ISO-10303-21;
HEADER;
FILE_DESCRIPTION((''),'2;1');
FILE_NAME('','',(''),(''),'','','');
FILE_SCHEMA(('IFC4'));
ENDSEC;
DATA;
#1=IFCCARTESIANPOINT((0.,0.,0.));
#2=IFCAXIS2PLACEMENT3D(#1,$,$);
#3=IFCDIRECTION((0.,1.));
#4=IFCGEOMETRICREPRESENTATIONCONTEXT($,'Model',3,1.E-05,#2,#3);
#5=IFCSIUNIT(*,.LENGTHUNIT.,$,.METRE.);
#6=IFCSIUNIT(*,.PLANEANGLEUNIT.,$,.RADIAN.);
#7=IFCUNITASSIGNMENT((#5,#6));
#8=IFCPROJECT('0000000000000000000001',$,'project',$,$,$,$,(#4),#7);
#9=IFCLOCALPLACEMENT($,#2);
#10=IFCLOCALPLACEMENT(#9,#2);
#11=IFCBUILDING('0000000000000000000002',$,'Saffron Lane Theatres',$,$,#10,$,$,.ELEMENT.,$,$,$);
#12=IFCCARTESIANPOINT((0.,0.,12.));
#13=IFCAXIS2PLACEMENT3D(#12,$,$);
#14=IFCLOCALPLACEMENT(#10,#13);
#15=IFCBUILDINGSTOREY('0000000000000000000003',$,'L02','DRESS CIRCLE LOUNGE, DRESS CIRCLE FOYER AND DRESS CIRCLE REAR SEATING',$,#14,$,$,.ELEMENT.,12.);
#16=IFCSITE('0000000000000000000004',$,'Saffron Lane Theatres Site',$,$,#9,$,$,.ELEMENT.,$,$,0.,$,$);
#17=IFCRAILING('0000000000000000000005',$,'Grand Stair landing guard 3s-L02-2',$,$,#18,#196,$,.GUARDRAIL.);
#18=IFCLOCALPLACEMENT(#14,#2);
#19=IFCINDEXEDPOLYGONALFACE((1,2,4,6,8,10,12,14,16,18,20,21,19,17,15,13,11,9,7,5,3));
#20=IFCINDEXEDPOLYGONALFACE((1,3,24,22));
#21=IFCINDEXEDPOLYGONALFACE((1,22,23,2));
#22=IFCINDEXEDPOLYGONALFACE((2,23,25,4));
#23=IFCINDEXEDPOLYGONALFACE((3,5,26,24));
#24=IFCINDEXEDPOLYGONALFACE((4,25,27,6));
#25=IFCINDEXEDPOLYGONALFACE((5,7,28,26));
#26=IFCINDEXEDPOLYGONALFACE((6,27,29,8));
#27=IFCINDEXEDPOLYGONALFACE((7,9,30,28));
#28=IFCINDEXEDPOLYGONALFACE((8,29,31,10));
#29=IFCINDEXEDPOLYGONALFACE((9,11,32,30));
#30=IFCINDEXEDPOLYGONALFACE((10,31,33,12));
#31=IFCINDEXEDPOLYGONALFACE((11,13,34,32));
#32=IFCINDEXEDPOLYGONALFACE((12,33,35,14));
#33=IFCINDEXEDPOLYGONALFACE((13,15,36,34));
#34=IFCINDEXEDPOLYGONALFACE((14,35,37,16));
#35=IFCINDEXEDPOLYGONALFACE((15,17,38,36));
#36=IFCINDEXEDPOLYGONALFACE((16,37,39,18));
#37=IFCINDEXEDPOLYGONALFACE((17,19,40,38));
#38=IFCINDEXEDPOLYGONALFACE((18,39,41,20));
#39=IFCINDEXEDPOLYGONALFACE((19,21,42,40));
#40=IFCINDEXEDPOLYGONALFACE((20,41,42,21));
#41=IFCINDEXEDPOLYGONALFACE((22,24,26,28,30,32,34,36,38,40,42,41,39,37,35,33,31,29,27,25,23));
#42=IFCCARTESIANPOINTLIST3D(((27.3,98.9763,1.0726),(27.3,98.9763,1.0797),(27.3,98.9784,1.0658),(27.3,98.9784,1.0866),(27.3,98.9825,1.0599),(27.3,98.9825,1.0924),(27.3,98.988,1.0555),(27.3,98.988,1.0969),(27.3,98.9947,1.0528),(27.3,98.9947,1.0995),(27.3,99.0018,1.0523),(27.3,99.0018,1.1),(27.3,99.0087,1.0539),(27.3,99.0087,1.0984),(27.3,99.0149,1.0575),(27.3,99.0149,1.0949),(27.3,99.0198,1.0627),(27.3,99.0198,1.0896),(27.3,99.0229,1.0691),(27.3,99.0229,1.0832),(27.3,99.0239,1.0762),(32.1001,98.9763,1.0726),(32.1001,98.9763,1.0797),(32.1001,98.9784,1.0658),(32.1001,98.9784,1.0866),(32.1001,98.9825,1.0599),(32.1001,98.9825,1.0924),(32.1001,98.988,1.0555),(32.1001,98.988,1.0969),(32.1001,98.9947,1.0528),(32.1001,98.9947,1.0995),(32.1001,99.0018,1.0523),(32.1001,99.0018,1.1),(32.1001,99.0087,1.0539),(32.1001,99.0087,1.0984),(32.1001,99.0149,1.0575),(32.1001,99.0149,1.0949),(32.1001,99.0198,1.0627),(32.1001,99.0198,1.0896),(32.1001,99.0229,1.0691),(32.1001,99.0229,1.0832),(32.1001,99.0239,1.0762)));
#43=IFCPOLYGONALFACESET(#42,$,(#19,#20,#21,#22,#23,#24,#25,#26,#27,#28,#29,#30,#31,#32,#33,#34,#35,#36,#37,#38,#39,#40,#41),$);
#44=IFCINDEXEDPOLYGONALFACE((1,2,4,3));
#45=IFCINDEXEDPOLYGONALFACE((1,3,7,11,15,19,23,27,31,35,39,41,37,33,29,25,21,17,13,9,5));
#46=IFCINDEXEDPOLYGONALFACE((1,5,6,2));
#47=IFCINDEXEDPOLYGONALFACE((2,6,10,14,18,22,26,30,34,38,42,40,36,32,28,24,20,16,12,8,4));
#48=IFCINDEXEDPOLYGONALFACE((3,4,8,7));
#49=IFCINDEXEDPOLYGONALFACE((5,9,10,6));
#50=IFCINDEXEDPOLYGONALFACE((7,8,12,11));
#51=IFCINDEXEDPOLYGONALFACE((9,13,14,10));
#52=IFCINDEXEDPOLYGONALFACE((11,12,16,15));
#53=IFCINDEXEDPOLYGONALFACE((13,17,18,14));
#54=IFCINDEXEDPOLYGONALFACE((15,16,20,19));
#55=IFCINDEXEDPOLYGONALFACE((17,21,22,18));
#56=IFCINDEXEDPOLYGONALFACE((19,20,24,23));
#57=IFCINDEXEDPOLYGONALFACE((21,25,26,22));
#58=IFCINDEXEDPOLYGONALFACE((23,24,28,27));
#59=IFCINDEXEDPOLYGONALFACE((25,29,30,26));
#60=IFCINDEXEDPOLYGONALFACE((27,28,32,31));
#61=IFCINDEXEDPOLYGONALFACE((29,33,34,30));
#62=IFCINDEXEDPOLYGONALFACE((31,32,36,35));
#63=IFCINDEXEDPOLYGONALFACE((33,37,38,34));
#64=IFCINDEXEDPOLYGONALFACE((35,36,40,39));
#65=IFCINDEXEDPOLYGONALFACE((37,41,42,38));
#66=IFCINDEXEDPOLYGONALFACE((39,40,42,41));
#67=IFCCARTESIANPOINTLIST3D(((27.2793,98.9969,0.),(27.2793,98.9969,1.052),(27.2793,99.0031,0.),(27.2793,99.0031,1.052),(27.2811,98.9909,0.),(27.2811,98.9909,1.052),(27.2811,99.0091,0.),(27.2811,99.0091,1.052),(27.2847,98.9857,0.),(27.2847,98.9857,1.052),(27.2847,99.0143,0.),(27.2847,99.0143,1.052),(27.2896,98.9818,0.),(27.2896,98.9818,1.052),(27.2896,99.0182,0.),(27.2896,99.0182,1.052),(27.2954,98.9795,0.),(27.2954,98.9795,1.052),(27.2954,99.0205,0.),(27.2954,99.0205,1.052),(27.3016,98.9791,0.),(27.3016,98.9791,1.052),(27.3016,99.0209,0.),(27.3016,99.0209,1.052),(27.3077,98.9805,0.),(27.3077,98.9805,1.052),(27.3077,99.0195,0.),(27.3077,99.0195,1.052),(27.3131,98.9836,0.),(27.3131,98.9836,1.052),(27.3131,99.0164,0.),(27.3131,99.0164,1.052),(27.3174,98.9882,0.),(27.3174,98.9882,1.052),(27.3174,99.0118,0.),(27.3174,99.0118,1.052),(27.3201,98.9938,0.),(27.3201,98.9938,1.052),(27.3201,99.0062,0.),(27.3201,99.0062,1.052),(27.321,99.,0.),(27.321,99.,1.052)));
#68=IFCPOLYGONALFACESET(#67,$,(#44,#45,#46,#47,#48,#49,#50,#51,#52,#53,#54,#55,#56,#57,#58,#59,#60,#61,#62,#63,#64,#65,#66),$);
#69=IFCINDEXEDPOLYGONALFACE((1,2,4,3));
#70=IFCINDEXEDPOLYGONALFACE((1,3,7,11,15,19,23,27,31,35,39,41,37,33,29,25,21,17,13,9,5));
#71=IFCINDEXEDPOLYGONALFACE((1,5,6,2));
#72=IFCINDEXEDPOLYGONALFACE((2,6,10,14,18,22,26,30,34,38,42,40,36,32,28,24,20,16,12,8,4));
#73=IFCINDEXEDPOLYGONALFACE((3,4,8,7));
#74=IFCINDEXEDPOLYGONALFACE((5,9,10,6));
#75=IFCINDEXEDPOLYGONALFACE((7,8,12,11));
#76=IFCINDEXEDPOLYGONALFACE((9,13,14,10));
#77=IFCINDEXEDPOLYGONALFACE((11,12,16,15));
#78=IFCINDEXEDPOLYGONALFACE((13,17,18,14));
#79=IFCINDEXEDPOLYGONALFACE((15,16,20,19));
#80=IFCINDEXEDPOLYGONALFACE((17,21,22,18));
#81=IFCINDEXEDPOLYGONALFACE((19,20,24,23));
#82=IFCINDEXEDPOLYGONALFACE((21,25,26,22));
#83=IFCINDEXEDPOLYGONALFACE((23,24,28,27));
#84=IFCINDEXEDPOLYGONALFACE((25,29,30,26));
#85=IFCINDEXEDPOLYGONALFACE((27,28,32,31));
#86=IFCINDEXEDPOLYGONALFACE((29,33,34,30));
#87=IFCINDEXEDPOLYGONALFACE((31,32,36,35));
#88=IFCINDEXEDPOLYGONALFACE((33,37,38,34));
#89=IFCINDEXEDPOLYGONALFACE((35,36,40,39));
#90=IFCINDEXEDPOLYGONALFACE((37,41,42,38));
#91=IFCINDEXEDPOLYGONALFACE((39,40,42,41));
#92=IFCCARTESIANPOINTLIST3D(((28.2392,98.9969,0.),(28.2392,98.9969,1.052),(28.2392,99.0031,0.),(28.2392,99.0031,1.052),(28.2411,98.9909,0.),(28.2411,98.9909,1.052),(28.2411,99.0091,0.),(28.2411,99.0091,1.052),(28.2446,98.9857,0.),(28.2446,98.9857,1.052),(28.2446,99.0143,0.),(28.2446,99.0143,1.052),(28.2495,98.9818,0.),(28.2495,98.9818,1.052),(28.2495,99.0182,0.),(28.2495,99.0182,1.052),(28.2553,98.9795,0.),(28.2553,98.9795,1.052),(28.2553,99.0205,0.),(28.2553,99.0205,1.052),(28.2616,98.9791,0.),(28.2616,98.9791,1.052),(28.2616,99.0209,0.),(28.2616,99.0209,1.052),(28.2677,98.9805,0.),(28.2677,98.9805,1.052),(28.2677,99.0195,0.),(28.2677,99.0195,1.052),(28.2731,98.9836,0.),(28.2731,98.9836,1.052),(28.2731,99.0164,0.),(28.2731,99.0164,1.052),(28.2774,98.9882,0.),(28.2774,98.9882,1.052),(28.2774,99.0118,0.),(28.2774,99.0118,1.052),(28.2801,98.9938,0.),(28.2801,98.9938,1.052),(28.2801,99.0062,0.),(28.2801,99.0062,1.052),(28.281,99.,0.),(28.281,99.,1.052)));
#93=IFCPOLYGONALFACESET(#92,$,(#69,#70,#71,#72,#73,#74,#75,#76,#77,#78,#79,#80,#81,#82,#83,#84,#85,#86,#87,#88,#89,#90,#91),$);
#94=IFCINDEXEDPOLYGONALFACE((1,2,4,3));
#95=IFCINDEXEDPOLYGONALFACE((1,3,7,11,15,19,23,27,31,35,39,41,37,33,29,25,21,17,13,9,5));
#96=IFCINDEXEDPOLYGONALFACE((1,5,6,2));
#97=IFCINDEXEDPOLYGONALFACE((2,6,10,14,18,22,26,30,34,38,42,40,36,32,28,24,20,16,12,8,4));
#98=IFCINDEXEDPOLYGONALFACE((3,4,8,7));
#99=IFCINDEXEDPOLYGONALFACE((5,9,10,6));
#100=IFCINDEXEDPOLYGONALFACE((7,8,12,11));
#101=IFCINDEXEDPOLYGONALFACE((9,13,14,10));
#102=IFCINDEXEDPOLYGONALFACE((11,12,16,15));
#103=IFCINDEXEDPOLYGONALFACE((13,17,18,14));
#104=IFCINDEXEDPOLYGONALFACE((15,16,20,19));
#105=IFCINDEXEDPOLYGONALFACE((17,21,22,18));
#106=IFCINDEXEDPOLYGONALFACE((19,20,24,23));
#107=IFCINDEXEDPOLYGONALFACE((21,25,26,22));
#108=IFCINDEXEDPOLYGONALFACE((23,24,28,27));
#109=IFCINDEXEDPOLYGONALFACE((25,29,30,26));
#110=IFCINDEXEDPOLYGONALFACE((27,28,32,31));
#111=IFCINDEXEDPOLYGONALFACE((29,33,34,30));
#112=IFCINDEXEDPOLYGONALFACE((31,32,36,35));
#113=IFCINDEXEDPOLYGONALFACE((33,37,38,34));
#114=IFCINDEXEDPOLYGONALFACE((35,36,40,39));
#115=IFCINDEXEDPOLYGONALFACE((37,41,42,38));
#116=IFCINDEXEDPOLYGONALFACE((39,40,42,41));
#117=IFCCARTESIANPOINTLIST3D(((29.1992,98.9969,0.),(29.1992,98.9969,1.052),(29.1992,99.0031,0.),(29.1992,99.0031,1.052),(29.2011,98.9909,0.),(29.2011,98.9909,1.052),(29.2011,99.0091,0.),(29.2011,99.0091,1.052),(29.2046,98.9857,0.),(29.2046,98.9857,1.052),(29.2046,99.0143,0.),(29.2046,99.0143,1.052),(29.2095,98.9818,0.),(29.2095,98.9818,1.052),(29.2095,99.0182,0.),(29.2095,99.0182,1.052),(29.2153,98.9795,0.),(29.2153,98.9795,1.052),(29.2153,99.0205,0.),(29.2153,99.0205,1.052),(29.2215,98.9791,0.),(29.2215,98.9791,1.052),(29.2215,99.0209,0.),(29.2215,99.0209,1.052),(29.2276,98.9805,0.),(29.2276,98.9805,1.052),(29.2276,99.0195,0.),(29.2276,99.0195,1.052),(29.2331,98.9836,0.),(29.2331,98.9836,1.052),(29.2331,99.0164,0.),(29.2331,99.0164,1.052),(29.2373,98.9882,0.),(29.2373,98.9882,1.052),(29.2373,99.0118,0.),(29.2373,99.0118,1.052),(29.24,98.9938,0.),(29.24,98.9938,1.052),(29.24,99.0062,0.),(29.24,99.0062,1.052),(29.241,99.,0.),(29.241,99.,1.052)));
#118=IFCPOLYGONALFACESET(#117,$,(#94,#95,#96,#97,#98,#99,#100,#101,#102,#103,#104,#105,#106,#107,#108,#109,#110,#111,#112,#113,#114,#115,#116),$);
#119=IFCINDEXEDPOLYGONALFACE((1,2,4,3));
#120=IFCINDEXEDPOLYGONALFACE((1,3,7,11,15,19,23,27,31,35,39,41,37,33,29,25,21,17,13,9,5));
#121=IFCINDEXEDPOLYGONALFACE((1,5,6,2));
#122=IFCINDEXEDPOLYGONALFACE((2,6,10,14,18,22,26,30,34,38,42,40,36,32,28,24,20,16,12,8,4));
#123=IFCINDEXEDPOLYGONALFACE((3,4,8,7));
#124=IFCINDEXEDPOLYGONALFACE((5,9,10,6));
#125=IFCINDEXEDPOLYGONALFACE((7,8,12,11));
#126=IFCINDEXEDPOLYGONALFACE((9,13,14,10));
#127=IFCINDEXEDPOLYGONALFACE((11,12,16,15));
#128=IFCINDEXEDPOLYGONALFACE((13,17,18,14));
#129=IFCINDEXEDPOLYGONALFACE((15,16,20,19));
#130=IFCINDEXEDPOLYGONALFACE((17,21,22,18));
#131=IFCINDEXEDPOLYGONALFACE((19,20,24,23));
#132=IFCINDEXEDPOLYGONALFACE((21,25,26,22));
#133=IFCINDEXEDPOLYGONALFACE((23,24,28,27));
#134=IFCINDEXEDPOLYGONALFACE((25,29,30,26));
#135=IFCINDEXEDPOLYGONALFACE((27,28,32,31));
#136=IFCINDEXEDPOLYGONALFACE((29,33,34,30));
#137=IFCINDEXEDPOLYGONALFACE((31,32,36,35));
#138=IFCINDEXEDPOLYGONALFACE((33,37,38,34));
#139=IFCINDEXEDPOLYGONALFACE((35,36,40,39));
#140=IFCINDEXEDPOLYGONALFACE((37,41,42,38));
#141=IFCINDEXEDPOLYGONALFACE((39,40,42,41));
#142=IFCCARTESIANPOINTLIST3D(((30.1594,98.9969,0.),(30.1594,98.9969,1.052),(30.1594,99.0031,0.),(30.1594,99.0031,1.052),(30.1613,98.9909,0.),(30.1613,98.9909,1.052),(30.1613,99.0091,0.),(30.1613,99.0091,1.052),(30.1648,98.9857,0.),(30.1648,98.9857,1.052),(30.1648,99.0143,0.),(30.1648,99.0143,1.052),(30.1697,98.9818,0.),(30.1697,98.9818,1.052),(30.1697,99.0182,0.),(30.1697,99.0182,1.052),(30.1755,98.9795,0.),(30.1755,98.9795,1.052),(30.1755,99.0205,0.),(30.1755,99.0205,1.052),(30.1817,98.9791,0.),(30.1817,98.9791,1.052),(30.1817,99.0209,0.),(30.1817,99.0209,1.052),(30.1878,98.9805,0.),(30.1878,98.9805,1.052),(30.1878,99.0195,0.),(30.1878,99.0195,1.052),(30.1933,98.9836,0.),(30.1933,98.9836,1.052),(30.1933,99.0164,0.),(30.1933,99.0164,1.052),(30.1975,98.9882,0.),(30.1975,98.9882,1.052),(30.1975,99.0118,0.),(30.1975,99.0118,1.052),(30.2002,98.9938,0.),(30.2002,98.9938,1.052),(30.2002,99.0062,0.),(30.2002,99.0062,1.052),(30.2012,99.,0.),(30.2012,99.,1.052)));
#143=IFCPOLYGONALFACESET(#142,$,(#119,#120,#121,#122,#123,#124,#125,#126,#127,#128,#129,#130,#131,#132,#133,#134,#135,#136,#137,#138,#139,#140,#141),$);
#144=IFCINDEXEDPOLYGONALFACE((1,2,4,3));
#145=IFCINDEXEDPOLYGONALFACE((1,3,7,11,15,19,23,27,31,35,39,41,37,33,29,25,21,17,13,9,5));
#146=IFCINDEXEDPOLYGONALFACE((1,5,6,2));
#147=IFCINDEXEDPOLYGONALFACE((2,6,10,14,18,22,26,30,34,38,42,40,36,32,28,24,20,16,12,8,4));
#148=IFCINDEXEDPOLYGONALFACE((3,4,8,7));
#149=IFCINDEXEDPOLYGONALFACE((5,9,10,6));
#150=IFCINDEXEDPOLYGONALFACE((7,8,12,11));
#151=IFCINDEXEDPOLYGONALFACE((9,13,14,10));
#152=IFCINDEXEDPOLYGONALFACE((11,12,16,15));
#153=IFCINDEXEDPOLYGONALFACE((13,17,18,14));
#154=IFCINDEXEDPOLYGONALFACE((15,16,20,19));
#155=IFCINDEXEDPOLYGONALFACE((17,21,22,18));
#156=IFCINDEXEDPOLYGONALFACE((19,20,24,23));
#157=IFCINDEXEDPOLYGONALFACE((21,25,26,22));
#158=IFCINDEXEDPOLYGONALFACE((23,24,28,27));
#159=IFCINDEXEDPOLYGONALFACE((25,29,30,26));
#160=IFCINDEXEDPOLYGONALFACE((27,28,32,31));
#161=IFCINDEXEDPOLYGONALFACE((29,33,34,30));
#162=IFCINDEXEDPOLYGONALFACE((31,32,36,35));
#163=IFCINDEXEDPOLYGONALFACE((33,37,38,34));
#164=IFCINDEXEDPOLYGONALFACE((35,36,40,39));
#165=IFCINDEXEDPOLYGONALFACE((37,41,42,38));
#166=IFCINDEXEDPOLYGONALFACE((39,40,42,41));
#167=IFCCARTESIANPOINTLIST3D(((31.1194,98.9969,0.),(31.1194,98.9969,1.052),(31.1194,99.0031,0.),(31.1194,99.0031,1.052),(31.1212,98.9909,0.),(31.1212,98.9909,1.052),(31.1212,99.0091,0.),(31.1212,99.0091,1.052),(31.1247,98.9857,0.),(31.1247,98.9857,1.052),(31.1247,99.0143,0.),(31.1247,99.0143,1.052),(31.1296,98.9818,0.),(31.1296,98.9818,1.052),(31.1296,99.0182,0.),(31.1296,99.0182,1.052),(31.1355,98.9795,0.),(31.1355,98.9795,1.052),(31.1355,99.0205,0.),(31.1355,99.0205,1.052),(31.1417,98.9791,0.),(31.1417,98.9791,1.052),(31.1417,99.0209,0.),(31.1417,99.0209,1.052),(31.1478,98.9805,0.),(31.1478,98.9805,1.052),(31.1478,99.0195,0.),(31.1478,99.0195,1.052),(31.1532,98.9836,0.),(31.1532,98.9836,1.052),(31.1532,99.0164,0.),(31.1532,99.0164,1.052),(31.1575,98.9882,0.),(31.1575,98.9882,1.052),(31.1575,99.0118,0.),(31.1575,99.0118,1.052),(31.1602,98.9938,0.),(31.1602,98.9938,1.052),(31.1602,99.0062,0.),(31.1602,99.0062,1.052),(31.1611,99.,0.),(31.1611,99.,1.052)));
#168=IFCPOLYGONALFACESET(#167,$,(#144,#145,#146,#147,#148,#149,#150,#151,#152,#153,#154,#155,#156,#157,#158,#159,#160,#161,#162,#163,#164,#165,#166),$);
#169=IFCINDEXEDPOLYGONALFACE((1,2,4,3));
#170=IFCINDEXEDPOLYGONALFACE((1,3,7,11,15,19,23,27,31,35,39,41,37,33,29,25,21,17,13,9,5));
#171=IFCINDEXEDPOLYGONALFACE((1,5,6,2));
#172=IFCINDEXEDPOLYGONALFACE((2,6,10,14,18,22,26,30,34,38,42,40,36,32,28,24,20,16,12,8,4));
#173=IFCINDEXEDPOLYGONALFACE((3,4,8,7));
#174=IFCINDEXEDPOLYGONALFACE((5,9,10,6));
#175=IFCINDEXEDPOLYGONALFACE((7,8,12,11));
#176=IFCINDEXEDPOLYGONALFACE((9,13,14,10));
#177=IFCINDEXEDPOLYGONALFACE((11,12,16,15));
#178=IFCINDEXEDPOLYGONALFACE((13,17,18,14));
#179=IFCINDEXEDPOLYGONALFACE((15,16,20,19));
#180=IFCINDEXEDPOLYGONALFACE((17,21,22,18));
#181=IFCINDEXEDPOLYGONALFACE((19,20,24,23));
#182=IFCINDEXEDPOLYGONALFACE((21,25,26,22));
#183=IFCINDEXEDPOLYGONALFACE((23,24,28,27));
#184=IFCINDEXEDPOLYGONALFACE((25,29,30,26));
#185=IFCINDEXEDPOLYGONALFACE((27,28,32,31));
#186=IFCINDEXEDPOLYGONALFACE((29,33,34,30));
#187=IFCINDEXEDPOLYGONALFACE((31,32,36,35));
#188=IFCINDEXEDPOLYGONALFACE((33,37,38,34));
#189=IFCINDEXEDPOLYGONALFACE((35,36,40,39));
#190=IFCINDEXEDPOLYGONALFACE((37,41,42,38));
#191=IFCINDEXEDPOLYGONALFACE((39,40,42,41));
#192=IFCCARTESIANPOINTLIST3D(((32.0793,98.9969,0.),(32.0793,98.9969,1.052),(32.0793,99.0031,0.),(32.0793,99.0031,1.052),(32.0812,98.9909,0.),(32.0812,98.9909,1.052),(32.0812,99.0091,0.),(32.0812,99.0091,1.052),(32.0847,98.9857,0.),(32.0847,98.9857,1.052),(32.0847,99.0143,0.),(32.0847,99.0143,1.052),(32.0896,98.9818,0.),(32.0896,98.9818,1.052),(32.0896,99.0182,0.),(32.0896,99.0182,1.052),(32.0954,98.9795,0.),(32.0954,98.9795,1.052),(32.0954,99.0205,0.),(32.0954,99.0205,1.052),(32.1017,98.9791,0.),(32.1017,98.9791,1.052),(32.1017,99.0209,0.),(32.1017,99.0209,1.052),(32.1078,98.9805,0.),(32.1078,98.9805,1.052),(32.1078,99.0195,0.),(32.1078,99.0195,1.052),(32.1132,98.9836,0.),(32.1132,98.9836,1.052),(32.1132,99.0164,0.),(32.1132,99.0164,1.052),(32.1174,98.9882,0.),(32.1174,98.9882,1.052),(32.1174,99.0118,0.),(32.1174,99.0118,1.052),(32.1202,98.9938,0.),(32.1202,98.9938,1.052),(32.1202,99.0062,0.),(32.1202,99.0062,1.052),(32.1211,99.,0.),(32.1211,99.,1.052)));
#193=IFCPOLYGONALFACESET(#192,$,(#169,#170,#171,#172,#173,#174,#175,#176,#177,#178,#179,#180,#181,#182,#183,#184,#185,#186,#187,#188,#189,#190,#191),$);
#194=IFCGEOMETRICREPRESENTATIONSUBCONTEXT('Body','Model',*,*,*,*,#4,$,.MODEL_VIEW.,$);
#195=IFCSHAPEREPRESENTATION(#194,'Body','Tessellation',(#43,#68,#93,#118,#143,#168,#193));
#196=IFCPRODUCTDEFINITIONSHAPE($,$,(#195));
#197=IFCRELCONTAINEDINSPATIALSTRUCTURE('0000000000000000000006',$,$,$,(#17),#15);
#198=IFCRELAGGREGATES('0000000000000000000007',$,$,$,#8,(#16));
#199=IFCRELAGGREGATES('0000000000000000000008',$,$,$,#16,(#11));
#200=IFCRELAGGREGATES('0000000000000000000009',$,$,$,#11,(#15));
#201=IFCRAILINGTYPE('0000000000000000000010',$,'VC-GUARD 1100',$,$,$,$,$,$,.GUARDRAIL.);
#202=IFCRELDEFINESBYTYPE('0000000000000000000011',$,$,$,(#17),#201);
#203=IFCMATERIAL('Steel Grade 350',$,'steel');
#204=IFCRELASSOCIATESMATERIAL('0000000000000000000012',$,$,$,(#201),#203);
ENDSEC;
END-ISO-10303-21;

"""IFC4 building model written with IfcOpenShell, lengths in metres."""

from ifc_helpers import new_model, si_unit, direction, frame, origin, origin_2d, place, context, subcontext, project, spatial, circle, extrude, material, type_object, element, save


model = new_model("IFC4")

# Units and contexts
model_context = context("Model", 3, precision=1e-05, world=origin(), true_north=direction((0.0, 1.0)))
body_context = subcontext(model_context, "Body", "Model", "MODEL_VIEW")
ifc_project = project(units=[si_unit("LENGTHUNIT", "METRE"), si_unit("PLANEANGLEUNIT", "RADIAN")], contexts=[model_context])

# Site, building, storey
site_placement = place(None, origin())
site = spatial("IfcSite", under=ifc_project, at=site_placement, Name="Saffron Lane Theatres Site", CompositionType="ELEMENT", RefElevation=0.0)
building_placement = place(site_placement, origin())
building = spatial("IfcBuilding", under=site, at=building_placement, Name="Saffron Lane Theatres", CompositionType="ELEMENT")
storey_placement = place(building_placement, frame((0.0, 0.0, 12.0)))
storey = spatial("IfcBuildingStorey", under=building, at=storey_placement, Name="L02", Description="DRESS CIRCLE LOUNGE, DRESS CIRCLE FOYER AND DRESS CIRCLE REAR SEATING", CompositionType="ELEMENT", Elevation=12.0)

# Railing
ifc_material_1 = material(Name="Steel Grade 350", Category="steel")
railing_type_1 = type_object("IfcRailingType", Name="VC-GUARD 1100", PredefinedType="GUARDRAIL", material=ifc_material_1)
railing_1_placement = place(storey_placement, frame((27.3, 99.0, 0.0)))
element("IfcRailing", 1, at=railing_1_placement, inside=storey, type_object=railing_type_1, Name="Grand Stair landing guard 3s-L02-2", PredefinedType="GUARDRAIL", context=body_context, shape_type="SweptSolid", body=[
    extrude(circle(Radius=0.0239, at=origin_2d()), frame((0.0, 0.0, 1.0762), z_axis=(1.0, 0.0, 0.0), x_axis=(0.0, 1.0, 0.0)), (0.0, 0.0, 1.0), 4.8),
    extrude(circle(Radius=0.021, at=origin_2d()), origin(), (0.0, 0.0, 1.0), 1.052),
    extrude(circle(Radius=0.021, at=origin_2d()), frame((0.96, 0.0, 0.0)), (0.0, 0.0, 1.0), 1.052),
    extrude(circle(Radius=0.021, at=origin_2d()), frame((1.9199, 0.0, 0.0)), (0.0, 0.0, 1.0), 1.052),
    extrude(circle(Radius=0.021, at=origin_2d()), frame((2.8801, 0.0, 0.0)), (0.0, 0.0, 1.0), 1.052),
    extrude(circle(Radius=0.021, at=origin_2d()), frame((3.8401, 0.0, 0.0)), (0.0, 0.0, 1.0), 1.052),
    extrude(circle(Radius=0.021, at=origin_2d()), frame((4.8, 0.0, 0.0)), (0.0, 0.0, 1.0), 1.052),
])

save(model, "model.ifc")
